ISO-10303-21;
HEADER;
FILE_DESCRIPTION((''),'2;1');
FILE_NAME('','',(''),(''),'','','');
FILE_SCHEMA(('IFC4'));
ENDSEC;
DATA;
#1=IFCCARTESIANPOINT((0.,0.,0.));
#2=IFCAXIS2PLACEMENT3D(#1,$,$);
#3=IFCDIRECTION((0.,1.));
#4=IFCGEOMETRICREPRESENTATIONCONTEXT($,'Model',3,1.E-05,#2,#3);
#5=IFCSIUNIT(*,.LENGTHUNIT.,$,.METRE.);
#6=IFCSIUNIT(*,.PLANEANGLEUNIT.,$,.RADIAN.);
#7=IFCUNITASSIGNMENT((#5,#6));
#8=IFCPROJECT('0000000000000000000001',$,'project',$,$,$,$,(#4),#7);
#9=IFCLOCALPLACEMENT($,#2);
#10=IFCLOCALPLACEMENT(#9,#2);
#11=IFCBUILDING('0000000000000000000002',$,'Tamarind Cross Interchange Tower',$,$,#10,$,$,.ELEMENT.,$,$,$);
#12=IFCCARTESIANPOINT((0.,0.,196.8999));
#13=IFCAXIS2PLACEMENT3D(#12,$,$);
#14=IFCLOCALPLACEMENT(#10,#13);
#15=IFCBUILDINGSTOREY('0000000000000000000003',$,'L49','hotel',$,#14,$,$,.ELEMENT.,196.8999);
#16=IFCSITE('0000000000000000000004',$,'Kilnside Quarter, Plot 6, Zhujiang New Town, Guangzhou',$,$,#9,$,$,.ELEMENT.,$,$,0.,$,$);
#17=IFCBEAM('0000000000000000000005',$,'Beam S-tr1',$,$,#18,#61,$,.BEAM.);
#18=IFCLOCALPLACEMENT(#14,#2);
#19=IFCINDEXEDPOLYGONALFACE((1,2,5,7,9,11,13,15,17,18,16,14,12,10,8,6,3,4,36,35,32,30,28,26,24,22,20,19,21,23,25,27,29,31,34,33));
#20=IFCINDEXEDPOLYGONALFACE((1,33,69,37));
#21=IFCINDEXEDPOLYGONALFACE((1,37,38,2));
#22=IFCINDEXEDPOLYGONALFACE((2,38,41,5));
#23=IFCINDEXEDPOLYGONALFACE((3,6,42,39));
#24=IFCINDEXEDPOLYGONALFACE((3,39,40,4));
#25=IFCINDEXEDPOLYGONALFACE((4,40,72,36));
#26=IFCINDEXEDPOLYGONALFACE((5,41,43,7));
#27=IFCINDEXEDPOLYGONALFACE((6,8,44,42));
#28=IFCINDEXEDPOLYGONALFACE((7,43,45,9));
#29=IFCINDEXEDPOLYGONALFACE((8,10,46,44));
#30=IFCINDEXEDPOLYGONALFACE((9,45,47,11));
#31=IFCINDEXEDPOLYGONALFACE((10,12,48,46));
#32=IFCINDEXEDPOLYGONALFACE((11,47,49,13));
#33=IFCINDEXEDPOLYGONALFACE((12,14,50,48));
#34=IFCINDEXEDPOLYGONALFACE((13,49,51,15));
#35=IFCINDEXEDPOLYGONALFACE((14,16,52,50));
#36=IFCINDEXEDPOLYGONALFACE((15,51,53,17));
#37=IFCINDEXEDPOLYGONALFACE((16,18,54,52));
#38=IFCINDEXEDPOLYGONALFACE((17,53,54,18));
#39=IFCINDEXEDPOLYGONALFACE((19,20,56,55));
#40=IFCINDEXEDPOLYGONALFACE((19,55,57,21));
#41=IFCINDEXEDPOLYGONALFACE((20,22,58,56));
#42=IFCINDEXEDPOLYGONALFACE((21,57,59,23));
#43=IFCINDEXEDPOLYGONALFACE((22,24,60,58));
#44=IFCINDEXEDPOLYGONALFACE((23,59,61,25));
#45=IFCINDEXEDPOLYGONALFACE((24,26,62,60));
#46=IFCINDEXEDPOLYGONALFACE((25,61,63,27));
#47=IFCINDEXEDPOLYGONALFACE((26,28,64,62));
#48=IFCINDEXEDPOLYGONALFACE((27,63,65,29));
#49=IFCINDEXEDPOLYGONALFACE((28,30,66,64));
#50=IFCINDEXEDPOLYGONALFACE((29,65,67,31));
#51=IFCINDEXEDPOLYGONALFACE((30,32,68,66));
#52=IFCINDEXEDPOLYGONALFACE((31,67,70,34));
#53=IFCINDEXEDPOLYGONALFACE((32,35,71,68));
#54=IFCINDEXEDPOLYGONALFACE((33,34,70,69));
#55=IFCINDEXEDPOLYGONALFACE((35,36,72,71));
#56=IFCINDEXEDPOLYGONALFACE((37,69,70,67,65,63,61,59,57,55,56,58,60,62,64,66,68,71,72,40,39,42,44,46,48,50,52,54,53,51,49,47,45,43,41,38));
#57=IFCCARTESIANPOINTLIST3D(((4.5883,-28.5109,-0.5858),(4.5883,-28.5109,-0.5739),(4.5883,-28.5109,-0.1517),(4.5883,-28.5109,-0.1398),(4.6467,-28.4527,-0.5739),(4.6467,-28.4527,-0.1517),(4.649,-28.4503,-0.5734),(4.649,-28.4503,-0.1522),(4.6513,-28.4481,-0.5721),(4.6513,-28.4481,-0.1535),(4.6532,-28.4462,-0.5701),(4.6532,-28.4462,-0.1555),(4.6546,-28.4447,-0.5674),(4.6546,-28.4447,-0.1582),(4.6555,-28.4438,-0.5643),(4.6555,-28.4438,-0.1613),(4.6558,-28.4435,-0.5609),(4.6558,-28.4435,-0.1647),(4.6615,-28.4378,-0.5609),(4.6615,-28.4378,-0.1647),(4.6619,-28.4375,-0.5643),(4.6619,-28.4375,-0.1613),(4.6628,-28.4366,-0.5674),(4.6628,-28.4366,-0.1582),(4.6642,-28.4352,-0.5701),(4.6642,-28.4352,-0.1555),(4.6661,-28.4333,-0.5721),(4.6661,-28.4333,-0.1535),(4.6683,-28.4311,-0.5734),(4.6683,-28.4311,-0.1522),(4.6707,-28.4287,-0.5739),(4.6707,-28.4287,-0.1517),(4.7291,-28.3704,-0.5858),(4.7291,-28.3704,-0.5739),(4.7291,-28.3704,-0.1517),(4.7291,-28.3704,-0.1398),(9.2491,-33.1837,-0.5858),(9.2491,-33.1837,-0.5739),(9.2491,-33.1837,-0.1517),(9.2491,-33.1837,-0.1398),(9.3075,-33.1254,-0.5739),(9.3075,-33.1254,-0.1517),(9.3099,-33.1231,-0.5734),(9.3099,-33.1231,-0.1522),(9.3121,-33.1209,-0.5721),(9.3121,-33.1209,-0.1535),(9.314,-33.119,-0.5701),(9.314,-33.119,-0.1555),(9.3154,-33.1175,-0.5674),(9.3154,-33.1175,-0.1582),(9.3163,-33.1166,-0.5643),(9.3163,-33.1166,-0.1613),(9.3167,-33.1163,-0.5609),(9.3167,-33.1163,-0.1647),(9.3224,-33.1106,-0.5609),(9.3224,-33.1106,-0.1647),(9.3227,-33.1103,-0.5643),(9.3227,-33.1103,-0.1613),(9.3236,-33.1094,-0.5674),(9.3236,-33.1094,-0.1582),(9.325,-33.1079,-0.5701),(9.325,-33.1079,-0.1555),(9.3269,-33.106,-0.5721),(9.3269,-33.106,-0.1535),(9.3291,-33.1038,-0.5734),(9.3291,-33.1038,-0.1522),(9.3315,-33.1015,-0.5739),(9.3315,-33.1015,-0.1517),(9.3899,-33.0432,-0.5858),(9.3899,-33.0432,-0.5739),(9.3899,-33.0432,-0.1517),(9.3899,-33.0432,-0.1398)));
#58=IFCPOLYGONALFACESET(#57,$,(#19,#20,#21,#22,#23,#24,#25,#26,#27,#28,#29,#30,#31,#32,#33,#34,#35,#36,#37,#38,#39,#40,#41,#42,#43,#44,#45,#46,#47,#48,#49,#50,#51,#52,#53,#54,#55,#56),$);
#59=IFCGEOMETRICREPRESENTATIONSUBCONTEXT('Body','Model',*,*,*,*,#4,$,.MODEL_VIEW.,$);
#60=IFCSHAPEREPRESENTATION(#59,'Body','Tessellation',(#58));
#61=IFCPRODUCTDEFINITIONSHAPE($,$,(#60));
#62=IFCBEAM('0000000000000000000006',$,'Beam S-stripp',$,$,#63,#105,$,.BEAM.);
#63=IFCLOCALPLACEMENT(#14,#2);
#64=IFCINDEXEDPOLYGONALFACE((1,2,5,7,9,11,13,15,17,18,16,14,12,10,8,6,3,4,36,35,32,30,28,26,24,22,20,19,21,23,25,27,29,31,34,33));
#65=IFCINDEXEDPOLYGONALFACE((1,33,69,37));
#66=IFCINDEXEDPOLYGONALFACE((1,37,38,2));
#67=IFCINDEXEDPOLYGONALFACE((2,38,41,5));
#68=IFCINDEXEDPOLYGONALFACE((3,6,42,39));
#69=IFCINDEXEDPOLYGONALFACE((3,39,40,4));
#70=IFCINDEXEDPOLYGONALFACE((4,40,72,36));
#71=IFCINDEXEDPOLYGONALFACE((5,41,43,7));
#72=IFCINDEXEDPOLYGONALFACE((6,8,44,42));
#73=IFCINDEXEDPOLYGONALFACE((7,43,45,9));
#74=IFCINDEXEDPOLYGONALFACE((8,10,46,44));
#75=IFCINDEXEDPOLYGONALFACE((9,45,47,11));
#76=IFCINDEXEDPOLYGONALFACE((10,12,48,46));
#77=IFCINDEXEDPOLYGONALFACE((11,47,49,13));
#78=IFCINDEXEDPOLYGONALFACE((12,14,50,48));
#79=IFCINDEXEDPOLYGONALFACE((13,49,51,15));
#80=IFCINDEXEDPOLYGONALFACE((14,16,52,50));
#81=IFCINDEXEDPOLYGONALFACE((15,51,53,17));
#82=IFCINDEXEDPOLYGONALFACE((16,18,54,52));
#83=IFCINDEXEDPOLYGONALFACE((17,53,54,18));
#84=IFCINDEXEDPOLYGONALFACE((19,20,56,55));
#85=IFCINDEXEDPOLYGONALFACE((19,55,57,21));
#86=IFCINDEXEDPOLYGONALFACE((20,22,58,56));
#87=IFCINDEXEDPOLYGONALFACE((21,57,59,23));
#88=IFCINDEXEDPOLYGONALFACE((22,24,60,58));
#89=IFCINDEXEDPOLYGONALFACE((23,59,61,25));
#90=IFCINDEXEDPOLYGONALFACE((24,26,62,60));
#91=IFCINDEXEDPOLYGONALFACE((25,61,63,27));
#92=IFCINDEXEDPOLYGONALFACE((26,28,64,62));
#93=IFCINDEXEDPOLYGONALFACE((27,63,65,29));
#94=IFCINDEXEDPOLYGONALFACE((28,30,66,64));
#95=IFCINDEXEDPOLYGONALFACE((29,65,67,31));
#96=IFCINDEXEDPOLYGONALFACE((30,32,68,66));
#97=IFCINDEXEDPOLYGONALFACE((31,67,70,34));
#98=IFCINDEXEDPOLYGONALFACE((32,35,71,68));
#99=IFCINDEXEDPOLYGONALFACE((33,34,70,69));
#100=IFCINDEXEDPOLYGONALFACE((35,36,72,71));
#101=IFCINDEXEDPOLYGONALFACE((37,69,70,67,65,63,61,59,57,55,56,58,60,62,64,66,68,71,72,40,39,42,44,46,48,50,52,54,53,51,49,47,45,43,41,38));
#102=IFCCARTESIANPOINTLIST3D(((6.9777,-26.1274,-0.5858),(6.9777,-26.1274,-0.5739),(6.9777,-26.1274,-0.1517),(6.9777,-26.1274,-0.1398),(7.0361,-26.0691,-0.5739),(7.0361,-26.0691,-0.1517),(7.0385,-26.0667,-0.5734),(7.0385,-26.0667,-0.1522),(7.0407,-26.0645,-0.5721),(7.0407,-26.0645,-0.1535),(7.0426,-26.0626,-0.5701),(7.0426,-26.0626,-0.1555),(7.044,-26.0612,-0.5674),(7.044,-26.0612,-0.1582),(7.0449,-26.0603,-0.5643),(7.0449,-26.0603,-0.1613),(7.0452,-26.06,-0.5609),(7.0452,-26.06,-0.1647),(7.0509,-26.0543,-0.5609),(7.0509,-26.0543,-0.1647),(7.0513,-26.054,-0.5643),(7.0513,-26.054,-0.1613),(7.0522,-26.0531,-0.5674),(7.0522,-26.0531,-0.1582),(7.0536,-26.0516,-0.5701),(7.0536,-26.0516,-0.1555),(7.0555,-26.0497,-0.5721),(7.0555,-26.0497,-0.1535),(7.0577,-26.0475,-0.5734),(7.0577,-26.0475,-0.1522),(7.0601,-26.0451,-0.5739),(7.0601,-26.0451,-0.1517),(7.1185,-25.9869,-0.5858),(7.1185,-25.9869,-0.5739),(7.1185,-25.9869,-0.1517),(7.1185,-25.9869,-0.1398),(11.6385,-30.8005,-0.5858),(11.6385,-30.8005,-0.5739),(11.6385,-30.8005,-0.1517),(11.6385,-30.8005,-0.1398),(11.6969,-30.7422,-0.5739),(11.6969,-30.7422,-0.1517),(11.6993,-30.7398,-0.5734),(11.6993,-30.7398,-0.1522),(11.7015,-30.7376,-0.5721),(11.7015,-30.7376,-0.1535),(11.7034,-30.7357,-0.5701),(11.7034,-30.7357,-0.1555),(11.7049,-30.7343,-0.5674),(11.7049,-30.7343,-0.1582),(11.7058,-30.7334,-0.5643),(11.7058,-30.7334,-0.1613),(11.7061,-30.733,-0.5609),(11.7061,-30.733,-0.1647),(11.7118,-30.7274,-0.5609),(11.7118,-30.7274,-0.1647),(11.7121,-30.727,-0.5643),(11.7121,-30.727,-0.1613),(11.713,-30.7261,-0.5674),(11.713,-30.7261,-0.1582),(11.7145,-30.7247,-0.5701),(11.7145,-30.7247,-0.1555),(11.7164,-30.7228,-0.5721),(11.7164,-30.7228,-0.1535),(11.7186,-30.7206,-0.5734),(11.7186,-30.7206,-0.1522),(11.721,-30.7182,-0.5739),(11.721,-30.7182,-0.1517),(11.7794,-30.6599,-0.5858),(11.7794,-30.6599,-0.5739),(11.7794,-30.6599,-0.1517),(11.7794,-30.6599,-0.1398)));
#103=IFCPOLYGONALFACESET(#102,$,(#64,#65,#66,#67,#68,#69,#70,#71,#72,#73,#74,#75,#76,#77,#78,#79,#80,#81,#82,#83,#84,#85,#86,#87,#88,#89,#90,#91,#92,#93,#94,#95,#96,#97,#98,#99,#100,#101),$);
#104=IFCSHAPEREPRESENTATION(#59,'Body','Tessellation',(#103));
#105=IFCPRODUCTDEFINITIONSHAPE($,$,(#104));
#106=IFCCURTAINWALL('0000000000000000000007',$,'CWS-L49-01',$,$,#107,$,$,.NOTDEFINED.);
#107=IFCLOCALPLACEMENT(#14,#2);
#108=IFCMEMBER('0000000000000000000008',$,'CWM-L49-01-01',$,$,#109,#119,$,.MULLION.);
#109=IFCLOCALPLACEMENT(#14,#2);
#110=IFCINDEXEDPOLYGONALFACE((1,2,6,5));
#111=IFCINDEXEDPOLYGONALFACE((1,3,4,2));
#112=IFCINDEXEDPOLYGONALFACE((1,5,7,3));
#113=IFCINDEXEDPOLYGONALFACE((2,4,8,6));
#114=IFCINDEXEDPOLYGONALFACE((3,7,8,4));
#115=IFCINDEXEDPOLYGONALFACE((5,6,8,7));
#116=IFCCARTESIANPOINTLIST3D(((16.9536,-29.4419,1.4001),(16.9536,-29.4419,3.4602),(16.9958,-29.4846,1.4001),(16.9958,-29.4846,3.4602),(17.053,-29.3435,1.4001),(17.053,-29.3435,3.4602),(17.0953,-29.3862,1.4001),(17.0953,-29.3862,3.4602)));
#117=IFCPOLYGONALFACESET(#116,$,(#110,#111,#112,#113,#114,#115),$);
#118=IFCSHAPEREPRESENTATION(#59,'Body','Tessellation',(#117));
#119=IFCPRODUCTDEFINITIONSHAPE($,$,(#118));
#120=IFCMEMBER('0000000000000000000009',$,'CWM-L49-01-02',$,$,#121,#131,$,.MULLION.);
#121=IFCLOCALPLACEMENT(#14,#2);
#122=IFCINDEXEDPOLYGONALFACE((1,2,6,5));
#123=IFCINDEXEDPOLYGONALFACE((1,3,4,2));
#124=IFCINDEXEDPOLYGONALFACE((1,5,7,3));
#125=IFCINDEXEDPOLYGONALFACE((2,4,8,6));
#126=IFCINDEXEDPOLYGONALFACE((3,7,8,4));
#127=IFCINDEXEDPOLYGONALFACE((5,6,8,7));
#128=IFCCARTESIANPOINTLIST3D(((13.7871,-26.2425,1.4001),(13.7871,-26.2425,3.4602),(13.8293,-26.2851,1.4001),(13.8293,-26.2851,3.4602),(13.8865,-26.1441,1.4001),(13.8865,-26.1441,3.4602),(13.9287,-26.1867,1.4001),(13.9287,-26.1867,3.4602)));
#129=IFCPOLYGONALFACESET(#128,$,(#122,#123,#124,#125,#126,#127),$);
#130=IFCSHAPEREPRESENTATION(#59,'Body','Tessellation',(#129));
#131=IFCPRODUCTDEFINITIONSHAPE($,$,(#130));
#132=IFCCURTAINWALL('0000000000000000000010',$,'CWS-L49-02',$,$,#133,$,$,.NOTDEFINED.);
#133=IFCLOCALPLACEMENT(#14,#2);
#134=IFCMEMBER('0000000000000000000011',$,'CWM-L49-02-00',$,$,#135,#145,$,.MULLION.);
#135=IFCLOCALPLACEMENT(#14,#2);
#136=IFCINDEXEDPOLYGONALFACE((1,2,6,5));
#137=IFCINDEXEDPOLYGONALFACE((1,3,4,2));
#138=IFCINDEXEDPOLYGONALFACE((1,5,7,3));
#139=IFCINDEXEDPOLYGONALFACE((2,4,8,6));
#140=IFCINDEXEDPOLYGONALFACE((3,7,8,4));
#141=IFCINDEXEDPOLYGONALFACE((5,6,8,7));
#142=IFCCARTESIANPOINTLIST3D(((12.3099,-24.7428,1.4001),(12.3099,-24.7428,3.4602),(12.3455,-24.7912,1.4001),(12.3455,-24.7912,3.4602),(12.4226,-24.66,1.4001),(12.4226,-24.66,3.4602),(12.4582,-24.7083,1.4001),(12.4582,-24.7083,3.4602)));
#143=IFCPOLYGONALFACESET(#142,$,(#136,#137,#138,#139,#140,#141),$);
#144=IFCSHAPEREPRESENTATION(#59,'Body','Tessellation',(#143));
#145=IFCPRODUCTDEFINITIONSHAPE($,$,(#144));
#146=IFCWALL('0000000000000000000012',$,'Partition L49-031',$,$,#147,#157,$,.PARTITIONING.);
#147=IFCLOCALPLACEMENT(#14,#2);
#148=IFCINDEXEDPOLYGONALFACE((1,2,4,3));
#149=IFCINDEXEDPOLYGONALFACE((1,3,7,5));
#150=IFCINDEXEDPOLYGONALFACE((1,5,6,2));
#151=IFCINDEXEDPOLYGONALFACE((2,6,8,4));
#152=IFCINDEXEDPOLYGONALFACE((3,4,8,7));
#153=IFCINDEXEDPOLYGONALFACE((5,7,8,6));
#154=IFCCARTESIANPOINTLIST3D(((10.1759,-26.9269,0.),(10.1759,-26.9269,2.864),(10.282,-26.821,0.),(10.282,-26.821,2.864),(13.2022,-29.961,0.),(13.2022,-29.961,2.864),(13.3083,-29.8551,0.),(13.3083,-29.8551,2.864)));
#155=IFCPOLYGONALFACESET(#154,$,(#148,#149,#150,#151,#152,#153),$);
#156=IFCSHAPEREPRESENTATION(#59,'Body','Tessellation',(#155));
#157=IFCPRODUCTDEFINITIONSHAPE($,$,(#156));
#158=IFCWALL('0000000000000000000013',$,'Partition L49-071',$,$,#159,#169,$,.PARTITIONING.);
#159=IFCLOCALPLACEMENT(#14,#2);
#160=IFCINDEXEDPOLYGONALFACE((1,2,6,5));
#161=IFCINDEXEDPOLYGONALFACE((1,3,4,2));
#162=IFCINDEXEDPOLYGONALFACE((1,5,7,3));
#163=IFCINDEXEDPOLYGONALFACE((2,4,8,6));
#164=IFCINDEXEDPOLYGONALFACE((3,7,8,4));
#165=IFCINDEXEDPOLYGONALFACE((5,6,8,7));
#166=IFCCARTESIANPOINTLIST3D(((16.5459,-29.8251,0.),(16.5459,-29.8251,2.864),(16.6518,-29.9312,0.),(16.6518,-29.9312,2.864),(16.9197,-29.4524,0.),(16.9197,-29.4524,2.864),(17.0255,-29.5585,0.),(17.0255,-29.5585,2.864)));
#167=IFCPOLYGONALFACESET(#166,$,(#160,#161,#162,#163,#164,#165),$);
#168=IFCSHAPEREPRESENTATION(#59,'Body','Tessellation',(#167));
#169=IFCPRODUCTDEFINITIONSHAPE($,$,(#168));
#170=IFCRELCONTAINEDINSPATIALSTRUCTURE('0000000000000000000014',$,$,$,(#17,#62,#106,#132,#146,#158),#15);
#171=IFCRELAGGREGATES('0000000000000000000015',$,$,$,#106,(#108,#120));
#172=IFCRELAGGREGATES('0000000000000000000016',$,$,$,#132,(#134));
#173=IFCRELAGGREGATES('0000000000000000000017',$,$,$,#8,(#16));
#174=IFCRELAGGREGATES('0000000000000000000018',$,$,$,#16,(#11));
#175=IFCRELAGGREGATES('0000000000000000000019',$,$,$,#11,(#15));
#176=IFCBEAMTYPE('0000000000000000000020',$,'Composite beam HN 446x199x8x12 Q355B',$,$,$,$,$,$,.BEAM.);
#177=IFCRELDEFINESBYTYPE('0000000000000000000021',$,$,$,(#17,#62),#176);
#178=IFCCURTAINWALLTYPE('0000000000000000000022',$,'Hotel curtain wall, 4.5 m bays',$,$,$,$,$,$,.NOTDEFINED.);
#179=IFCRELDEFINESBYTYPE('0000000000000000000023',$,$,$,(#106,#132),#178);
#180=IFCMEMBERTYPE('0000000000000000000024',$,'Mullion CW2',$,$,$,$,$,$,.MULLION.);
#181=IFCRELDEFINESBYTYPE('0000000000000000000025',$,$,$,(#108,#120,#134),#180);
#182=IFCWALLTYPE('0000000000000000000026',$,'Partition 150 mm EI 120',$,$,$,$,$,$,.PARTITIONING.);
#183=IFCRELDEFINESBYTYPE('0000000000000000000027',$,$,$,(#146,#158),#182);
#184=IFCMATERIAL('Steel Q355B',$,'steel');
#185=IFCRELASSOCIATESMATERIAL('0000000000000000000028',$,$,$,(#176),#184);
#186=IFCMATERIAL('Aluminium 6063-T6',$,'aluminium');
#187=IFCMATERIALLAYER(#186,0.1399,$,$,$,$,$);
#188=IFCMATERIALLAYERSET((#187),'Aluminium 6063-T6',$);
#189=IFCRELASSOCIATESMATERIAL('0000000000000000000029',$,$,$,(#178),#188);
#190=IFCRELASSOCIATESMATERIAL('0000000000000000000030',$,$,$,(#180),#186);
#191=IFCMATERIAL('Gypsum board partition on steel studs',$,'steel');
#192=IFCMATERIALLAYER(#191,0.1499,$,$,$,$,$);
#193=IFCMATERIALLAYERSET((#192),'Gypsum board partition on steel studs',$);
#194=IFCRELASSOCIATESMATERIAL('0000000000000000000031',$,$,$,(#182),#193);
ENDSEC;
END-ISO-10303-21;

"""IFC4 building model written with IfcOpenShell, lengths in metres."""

from ifc_helpers import new_model, si_unit, direction, frame, frame_2d, origin, origin_2d, place, context, subcontext, project, spatial, rectangle, i_section, extrude, material, layer, layer_set, material_profile, profile_set, type_object, element, aggregate, save


model = new_model("IFC4")

# Units and contexts
model_context = context("Model", 3, precision=1e-05, world=origin(), true_north=direction((0.0, 1.0)))
body_context = subcontext(model_context, "Body", "Model", "MODEL_VIEW")
ifc_project = project(units=[si_unit("LENGTHUNIT", "METRE"), si_unit("PLANEANGLEUNIT", "RADIAN")], contexts=[model_context])

# Site, building, storey
site_placement = place(None, origin())
site = spatial("IfcSite", under=ifc_project, at=site_placement, Name="Kilnside Quarter, Plot 6, Zhujiang New Town, Guangzhou", CompositionType="ELEMENT", RefElevation=0.0)
building_placement = place(site_placement, origin())
building = spatial("IfcBuilding", under=site, at=building_placement, Name="Tamarind Cross Interchange Tower", CompositionType="ELEMENT")
storey_placement = place(building_placement, frame((0.0, 0.0, 196.8999)))
storey = spatial("IfcBuildingStorey", under=building, at=storey_placement, Name="L49", Description="hotel", CompositionType="ELEMENT", Elevation=196.8999)

# Beams
ifc_material_1 = material(Name="Steel Q355B", Category="steel")
ifc_material_profile_1 = material_profile(ifc_material_1, i_section(OverallWidth=0.199, OverallDepth=0.446, WebThickness=0.0081, FlangeThickness=0.012, FilletRadius=0.0129, at=origin_2d()), Name="HN 446x199x8x12")
ifc_profile_set_1 = profile_set([ifc_material_profile_1], Name="Steel Q355B")
beam_type = type_object("IfcBeamType", Name="Composite beam HN 446x199x8x12 Q355B", PredefinedType="BEAM", material=ifc_profile_set_1)
beam_1_placement = place(storey_placement, frame((4.6587, -28.4407, -0.3628), z_axis=(0.7062, -0.708012, 0.0), x_axis=(0.708012, 0.7062, 0.0)))
element("IfcBeam", 1, at=beam_1_placement, inside=storey, type_object=beam_type, Name="Beam S-tr1", PredefinedType="BEAM", context=body_context, shape_type="SweptSolid", body=[
    extrude(i_section(OverallWidth=0.199, OverallDepth=0.446, WebThickness=0.0081, FlangeThickness=0.012, FilletRadius=0.0129, at=origin_2d()), origin(), (0.0, 0.0, 1.0), 6.5999),
])
beam_2_placement = place(storey_placement, frame((7.0481, -26.0571, -0.3628), z_axis=(0.706181, -0.708031, 0.0), x_axis=(0.708031, 0.706181, 0.0)))
element("IfcBeam", 2, at=beam_2_placement, inside=storey, type_object=beam_type, Name="Beam S-stripp", PredefinedType="BEAM", context=body_context, shape_type="SweptSolid", body=[
    extrude(i_section(OverallWidth=0.199, OverallDepth=0.446, WebThickness=0.0081, FlangeThickness=0.012, FilletRadius=0.0129, at=origin_2d()), origin(), (0.0, 0.0, 1.0), 6.6001),
])

# Curtain wall, members
ifc_material_2 = material(Name="Aluminium 6063-T6", Category="aluminium")
ifc_layer_1 = layer(ifc_material_2, 0.1399)
ifc_layer_set_1 = layer_set([ifc_layer_1], Name="Aluminium 6063-T6")
curtain_wall_type = type_object("IfcCurtainWallType", Name="Hotel curtain wall, 4.5 m bays", PredefinedType="NOTDEFINED", material=ifc_layer_set_1)
curtain_wall_1_placement = place(storey_placement, origin())
curtain_wall_1 = element("IfcCurtainWall", 3, at=curtain_wall_1_placement, inside=storey, type_object=curtain_wall_type, Name="CWS-L49-01", PredefinedType="NOTDEFINED")
ifc_material_profile_2 = material_profile(ifc_material_2, rectangle(XDim=0.0601, YDim=0.1399, at=origin_2d()), Name="Mullion CW2")
ifc_profile_set_2 = profile_set([ifc_material_profile_2], Name="Aluminium 6063-T6")
member_type = type_object("IfcMemberType", Name="Mullion CW2", PredefinedType="MULLION", material=ifc_profile_set_2)
member_1_placement = place(storey_placement, frame((17.0244, -29.4141, 1.4001), z_axis=(0.0, 0.0, 1.0), x_axis=(-0.703444, 0.710751, 0.0)))
member_1 = element("IfcMember", 4, at=member_1_placement, type_object=member_type, Name="CWM-L49-01-01", PredefinedType="MULLION", context=body_context, shape_type="SweptSolid", body=[
    extrude(rectangle(XDim=0.0601, YDim=0.1399, at=origin_2d()), origin(), (0.0, 0.0, 1.0), 2.0601),
])
member_2_placement = place(storey_placement, frame((13.8579, -26.2146, 1.4001), z_axis=(0.0, 0.0, 1.0), x_axis=(-0.703444, 0.710751, 0.0)))
member_2 = element("IfcMember", 5, at=member_2_placement, type_object=member_type, Name="CWM-L49-01-02", PredefinedType="MULLION", context=body_context, shape_type="SweptSolid", body=[
    extrude(rectangle(XDim=0.0601, YDim=0.1399, at=origin_2d()), origin(), (0.0, 0.0, 1.0), 2.0601),
])
aggregate(curtain_wall_1, [member_1, member_2])

# Curtain wall, member
curtain_wall_2_placement = place(storey_placement, origin())
curtain_wall_2 = element("IfcCurtainWall", 6, at=curtain_wall_2_placement, inside=storey, type_object=curtain_wall_type, Name="CWS-L49-02", PredefinedType="NOTDEFINED")
member_3_placement = place(storey_placement, frame((12.384, -24.7256, 1.4001), z_axis=(0.0, 0.0, 1.0), x_axis=(-0.592498, 0.805572, 0.0)))
member_3 = element("IfcMember", 7, at=member_3_placement, type_object=member_type, Name="CWM-L49-02-00", PredefinedType="MULLION", context=body_context, shape_type="SweptSolid", body=[
    extrude(rectangle(XDim=0.0601, YDim=0.1399, at=origin_2d()), origin(), (0.0, 0.0, 1.0), 2.0601),
])
aggregate(curtain_wall_2, [member_3])

# Walls
ifc_material_3 = material(Name="Gypsum board partition on steel studs", Category="steel")
ifc_layer_2 = layer(ifc_material_3, 0.1499)
ifc_layer_set_2 = layer_set([ifc_layer_2], Name="Gypsum board partition on steel studs")
wall_type_1 = type_object("IfcWallType", Name="Partition 150 mm EI 120", PredefinedType="PARTITIONING", material=ifc_layer_set_2)
wall_1_placement = place(storey_placement, frame((10.229, -26.874, 0.0), z_axis=(0.0, 0.0, 1.0), x_axis=(0.706195, -0.708018, 0.0)))
element("IfcWall", 8, at=wall_1_placement, inside=storey, type_object=wall_type_1, Name="Partition L49-031", PredefinedType="PARTITIONING", context=body_context, shape_type="SweptSolid", body=[
    extrude(rectangle(XDim=4.2854, YDim=0.1499, at=frame_2d((2.1426, 0.0))), origin(), (0.0, 0.0, 1.0), 2.864),
])
wall_2_placement = place(storey_placement, frame((16.5989, -29.8782, 0.0), z_axis=(0.0, 0.0, 1.0), x_axis=(0.708031, 0.706181, 0.0)))
element("IfcWall", 9, at=wall_2_placement, inside=storey, type_object=wall_type_1, Name="Partition L49-071", PredefinedType="PARTITIONING", context=body_context, shape_type="SweptSolid", body=[
    extrude(rectangle(XDim=0.5278, YDim=0.1499, at=frame_2d((0.2639, 0.0))), origin(), (0.0, 0.0, 1.0), 2.864),
])

save(model, "model.ifc")
